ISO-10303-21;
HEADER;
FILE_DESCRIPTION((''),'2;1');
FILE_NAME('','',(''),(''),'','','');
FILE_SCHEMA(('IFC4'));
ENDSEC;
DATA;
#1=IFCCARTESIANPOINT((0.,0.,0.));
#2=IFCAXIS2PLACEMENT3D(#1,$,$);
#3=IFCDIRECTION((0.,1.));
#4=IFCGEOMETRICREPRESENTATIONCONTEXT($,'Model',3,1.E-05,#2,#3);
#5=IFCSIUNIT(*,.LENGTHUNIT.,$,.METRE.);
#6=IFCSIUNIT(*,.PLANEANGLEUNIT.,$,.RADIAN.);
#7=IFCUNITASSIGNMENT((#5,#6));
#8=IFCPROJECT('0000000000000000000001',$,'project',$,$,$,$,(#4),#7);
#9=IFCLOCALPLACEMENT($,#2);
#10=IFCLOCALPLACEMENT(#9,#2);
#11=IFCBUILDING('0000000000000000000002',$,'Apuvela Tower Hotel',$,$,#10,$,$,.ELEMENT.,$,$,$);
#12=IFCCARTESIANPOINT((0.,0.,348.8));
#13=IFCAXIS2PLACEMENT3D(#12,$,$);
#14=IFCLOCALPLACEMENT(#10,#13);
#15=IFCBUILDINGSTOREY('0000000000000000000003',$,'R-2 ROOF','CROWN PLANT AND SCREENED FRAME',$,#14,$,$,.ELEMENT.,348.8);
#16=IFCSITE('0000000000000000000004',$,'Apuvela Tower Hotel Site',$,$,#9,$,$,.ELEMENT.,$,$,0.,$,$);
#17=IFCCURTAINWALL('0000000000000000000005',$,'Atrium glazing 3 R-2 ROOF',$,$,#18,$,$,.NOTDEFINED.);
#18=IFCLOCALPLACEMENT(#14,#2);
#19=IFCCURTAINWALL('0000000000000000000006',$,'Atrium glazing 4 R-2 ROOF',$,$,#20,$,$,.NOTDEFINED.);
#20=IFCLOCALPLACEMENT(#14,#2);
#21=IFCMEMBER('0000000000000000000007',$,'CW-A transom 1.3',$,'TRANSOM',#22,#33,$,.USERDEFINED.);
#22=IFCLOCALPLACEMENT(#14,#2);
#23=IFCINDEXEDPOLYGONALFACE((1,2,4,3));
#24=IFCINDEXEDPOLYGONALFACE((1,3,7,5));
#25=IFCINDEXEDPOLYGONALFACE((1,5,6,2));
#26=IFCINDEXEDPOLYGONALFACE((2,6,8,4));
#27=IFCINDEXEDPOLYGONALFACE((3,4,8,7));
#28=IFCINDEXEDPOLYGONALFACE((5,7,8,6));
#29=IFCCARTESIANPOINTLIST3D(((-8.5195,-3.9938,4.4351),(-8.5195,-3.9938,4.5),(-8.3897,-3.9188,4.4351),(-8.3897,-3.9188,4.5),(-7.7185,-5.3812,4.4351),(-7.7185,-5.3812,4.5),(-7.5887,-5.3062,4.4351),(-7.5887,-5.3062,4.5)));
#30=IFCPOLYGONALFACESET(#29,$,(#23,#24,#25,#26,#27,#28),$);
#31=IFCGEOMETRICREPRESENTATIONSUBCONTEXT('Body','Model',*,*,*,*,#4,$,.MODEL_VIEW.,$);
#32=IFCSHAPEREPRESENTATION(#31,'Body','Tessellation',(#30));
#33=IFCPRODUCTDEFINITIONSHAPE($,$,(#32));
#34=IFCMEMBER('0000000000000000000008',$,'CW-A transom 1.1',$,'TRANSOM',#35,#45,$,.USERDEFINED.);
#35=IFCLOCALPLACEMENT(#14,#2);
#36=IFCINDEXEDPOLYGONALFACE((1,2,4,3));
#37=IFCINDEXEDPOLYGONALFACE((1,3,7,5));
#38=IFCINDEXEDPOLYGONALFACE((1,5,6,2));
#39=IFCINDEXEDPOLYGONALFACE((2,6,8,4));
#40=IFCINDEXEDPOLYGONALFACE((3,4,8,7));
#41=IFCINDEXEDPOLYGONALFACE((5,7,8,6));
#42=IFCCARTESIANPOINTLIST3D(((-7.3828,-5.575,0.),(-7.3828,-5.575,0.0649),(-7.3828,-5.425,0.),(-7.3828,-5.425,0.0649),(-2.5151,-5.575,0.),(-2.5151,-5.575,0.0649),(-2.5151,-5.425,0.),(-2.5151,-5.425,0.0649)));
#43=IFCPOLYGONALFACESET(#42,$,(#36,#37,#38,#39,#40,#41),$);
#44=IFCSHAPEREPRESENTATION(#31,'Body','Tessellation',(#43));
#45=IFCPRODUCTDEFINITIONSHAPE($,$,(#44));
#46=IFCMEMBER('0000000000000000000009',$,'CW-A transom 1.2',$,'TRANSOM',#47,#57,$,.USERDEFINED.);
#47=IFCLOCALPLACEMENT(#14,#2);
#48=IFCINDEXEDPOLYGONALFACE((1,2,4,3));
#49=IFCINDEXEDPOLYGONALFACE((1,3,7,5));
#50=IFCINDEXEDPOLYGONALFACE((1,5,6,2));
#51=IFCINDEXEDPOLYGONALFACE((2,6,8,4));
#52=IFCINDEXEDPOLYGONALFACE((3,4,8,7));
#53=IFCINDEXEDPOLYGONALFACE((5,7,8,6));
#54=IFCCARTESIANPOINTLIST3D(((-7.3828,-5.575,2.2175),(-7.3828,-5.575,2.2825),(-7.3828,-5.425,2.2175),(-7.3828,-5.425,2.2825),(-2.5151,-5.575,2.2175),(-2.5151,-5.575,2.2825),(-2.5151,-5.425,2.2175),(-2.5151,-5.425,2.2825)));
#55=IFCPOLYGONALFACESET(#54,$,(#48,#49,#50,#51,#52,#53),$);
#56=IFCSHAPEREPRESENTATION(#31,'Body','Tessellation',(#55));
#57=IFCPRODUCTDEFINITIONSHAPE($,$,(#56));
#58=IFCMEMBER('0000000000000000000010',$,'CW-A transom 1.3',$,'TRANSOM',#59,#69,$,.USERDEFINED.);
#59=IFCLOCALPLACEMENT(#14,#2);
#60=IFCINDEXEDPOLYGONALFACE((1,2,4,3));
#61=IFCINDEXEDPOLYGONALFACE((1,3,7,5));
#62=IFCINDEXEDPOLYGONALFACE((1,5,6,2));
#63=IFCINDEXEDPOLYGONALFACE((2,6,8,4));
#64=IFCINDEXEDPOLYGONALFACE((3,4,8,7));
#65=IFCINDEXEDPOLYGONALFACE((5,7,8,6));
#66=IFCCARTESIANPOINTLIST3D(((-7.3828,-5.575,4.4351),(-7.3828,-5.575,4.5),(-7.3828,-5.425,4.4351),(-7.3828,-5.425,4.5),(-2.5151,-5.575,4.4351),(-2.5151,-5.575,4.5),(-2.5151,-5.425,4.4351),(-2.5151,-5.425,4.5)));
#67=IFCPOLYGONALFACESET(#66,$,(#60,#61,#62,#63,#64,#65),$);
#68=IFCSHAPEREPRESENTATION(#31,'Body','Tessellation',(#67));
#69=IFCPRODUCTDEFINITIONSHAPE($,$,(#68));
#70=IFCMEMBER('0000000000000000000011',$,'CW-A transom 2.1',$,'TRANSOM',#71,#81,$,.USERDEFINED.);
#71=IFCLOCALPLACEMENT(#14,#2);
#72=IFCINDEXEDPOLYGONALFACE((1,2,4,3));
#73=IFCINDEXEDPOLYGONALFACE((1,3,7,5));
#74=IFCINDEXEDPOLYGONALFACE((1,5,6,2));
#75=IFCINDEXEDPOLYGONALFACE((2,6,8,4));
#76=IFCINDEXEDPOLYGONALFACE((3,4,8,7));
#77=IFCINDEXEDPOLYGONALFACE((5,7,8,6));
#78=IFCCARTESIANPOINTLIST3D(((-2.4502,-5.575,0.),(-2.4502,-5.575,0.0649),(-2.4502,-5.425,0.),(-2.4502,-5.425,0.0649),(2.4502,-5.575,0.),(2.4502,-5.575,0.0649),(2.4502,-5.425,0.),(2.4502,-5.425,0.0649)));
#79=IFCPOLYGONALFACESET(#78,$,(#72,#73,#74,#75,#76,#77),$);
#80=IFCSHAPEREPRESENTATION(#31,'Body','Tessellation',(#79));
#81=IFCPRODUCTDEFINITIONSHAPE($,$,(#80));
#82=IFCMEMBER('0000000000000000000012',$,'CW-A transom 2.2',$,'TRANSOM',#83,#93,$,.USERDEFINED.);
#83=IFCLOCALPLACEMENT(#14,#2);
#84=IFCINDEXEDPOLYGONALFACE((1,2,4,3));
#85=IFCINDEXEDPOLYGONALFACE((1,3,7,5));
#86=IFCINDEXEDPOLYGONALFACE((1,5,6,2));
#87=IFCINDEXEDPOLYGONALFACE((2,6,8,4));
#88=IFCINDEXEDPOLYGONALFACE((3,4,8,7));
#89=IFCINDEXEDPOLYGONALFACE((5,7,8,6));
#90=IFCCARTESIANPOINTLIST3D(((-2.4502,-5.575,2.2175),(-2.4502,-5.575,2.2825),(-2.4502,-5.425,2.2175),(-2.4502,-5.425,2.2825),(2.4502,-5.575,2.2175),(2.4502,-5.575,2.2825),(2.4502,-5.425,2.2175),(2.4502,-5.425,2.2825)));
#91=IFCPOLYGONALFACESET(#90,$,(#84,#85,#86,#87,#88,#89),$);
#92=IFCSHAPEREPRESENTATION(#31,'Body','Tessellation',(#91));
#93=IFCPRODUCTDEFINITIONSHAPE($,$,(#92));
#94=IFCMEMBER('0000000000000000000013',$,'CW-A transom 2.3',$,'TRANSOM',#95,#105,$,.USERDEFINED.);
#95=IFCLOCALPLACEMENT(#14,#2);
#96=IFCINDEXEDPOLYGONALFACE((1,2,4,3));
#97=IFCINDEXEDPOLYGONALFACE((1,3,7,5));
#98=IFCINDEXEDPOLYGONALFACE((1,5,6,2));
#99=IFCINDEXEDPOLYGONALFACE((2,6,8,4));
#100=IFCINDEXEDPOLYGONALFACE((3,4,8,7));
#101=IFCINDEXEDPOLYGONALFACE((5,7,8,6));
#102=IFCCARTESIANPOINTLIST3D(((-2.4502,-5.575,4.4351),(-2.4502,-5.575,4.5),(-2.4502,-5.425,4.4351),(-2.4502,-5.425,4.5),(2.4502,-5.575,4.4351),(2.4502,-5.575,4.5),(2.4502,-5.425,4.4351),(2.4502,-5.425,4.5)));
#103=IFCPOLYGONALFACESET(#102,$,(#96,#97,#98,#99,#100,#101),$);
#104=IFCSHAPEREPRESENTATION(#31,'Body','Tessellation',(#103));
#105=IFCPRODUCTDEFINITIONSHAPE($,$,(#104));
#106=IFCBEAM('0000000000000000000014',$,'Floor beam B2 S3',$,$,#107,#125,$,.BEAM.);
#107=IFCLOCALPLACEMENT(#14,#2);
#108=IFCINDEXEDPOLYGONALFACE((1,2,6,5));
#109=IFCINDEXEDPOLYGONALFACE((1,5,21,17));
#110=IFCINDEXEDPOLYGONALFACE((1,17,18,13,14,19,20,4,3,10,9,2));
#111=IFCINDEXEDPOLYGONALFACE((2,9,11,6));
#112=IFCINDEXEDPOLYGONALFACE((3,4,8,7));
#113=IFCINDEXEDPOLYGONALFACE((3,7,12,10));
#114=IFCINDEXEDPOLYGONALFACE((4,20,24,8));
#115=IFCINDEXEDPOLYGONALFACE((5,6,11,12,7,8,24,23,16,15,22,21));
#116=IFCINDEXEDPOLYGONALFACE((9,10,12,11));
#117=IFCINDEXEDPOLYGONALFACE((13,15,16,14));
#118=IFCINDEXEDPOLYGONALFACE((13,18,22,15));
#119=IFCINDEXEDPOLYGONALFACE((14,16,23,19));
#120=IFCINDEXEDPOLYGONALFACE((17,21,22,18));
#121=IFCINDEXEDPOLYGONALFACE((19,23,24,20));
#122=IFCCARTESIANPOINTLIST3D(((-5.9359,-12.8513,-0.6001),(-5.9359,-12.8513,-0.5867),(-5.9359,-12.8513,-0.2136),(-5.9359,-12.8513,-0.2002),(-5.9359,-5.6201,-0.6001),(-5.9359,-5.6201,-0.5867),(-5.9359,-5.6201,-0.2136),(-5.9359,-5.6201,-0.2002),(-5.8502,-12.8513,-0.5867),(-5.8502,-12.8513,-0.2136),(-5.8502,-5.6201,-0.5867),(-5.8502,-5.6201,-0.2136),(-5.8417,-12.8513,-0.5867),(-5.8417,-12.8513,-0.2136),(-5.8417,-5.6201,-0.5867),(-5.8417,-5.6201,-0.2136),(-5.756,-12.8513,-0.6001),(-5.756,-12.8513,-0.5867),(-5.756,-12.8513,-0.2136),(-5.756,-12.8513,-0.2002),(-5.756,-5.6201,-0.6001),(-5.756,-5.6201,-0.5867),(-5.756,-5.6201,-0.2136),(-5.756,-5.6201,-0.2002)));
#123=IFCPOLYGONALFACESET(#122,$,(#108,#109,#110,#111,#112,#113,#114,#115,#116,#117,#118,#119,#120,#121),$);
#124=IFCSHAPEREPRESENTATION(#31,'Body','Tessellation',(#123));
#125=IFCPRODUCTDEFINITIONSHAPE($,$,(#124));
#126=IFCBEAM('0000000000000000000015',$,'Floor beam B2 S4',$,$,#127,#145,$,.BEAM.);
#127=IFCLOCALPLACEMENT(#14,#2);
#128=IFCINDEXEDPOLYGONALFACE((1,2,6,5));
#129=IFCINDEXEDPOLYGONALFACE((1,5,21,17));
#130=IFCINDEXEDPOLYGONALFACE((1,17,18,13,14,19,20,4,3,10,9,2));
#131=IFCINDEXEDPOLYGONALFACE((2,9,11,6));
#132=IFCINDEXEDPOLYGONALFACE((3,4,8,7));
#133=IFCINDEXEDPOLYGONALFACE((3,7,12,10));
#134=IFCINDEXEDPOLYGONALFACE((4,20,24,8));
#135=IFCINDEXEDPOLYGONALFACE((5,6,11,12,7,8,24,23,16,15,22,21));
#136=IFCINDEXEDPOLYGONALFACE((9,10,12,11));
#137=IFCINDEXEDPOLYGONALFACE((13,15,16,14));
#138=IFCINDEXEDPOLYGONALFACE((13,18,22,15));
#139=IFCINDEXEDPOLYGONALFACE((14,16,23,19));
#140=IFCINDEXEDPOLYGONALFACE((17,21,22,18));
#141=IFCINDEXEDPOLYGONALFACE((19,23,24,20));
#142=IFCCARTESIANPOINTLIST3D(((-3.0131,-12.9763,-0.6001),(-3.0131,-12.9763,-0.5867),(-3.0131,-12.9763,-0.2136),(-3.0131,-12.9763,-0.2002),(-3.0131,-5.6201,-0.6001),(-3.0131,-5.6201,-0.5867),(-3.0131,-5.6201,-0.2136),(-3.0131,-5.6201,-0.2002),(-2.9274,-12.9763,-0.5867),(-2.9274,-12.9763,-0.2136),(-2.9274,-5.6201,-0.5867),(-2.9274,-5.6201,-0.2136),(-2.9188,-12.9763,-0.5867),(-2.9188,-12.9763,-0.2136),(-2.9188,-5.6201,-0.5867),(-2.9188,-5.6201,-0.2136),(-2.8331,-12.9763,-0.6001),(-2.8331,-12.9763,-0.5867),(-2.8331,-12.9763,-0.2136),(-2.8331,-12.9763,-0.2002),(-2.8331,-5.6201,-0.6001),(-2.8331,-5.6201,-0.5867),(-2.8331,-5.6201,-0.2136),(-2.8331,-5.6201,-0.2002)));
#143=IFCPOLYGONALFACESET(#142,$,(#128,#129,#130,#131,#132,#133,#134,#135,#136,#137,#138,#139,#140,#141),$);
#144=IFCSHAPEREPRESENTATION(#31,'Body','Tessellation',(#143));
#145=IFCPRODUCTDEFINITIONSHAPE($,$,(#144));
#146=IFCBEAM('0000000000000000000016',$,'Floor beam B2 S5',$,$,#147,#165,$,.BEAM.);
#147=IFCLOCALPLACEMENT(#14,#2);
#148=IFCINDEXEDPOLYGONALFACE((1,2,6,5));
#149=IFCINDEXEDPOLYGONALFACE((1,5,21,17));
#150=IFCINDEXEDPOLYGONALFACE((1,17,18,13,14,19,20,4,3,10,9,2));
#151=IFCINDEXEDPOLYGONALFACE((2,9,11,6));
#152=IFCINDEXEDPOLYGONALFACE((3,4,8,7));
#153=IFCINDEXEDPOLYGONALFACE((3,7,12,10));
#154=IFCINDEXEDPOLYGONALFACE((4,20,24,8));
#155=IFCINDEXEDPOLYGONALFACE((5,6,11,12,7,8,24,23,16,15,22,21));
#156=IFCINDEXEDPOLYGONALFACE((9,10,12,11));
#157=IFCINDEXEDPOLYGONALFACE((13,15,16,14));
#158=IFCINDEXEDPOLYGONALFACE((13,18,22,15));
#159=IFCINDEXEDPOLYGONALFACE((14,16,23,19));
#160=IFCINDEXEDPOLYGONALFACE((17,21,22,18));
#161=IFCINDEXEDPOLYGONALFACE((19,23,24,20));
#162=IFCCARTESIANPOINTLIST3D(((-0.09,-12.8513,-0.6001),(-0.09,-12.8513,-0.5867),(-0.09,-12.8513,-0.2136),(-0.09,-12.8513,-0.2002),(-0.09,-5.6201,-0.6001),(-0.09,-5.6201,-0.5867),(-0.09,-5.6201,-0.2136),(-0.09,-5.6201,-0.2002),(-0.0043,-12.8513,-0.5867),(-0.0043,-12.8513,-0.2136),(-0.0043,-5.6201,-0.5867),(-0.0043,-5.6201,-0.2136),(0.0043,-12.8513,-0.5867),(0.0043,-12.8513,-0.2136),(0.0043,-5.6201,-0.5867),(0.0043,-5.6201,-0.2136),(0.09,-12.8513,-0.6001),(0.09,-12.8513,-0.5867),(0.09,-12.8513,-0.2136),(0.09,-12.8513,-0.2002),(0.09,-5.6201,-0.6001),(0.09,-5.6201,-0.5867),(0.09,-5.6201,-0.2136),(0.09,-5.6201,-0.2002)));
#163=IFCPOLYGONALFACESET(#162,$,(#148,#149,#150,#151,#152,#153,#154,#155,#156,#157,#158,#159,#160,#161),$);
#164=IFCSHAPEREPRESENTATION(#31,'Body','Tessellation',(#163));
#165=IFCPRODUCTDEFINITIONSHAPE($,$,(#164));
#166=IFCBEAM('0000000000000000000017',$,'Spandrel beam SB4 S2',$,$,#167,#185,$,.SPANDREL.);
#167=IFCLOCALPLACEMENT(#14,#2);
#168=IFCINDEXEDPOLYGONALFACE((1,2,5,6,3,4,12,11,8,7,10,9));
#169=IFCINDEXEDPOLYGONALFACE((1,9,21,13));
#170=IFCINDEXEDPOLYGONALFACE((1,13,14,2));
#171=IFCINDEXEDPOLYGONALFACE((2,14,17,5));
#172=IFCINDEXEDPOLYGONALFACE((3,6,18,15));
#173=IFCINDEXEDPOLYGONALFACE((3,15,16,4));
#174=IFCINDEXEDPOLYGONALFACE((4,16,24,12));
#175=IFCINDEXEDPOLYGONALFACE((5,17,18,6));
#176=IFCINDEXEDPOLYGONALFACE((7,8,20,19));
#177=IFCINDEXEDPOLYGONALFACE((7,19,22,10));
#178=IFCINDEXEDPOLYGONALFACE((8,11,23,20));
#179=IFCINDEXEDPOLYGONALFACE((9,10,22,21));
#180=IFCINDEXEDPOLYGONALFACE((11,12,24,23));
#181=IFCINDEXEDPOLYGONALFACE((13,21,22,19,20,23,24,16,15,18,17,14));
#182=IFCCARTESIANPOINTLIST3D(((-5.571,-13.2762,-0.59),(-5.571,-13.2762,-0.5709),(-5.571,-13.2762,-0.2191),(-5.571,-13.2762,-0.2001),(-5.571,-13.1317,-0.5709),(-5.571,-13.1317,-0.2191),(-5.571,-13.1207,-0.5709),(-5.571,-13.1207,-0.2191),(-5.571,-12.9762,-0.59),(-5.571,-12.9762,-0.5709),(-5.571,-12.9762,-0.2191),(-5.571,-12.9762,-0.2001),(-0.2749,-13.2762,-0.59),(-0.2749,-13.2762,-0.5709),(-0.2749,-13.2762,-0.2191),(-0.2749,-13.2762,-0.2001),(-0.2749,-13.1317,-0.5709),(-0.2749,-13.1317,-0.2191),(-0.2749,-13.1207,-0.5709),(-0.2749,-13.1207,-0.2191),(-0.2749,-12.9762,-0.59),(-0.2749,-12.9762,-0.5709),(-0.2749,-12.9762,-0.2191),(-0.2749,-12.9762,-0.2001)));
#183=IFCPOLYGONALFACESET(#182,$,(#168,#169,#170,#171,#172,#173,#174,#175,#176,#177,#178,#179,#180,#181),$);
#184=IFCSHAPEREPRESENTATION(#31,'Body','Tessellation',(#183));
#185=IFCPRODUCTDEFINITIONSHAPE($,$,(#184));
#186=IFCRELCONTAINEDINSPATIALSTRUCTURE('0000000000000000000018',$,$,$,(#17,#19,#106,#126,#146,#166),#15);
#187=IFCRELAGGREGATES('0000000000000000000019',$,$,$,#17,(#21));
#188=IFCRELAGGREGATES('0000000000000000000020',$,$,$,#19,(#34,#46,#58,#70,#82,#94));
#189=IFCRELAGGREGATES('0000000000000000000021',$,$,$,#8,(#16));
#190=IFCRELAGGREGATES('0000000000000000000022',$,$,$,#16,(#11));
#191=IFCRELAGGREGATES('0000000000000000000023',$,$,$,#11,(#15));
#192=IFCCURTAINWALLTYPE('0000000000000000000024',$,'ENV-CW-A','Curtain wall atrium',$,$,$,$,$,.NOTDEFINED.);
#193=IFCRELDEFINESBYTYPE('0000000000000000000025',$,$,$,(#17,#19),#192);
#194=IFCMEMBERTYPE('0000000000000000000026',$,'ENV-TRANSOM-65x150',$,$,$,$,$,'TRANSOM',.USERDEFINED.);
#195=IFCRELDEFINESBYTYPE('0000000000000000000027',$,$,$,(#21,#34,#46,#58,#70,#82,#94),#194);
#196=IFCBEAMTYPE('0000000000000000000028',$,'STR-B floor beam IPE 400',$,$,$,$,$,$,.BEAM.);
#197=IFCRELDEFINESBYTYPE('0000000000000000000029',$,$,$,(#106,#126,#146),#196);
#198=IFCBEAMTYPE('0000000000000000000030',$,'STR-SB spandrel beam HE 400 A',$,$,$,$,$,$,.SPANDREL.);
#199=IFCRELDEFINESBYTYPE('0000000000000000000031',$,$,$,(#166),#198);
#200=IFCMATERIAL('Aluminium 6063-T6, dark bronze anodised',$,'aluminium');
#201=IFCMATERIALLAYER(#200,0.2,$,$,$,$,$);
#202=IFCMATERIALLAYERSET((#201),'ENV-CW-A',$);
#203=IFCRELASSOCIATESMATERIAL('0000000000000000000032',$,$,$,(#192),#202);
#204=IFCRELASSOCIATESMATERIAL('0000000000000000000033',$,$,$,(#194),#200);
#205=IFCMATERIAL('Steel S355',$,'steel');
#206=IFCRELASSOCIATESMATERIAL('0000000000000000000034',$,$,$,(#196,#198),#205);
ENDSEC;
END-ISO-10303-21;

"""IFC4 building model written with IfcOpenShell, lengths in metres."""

from ifc_helpers import new_model, si_unit, direction, frame, origin, origin_2d, place, context, subcontext, project, spatial, rectangle, i_section, extrude, material, layer, layer_set, material_profile, profile_set, type_object, element, aggregate, save


model = new_model("IFC4")

# Units and contexts
model_context = context("Model", 3, precision=1e-05, world=origin(), true_north=direction((0.0, 1.0)))
body_context = subcontext(model_context, "Body", "Model", "MODEL_VIEW")
ifc_project = project(units=[si_unit("LENGTHUNIT", "METRE"), si_unit("PLANEANGLEUNIT", "RADIAN")], contexts=[model_context])

# Site, building, storey
site_placement = place(None, origin())
site = spatial("IfcSite", under=ifc_project, at=site_placement, Name="Apuvela Tower Hotel Site", CompositionType="ELEMENT", RefElevation=0.0)
building_placement = place(site_placement, origin())
building = spatial("IfcBuilding", under=site, at=building_placement, Name="Apuvela Tower Hotel", CompositionType="ELEMENT")
storey_placement = place(building_placement, frame((0.0, 0.0, 348.8)))
storey = spatial("IfcBuildingStorey", under=building, at=storey_placement, Name="R-2 ROOF", Description="CROWN PLANT AND SCREENED FRAME", CompositionType="ELEMENT", Elevation=348.8)

# Shared definitions
ifc_material_1 = material(Name="Aluminium 6063-T6, dark bronze anodised", Category="aluminium")
ifc_layer_1 = layer(ifc_material_1, 0.2)
ifc_layer_set_1 = layer_set([ifc_layer_1], Name="ENV-CW-A")
curtain_wall_type = type_object("IfcCurtainWallType", Name="ENV-CW-A", Description="Curtain wall atrium", PredefinedType="NOTDEFINED", material=ifc_layer_set_1)

# Curtain walls
curtain_wall_1_placement = place(storey_placement, origin())
curtain_wall_1 = element("IfcCurtainWall", 1, at=curtain_wall_1_placement, inside=storey, type_object=curtain_wall_type, Name="Atrium glazing 3 R-2 ROOF", PredefinedType="NOTDEFINED")
curtain_wall_2_placement = place(storey_placement, origin())
curtain_wall_2 = element("IfcCurtainWall", 2, at=curtain_wall_2_placement, inside=storey, type_object=curtain_wall_type, Name="Atrium glazing 4 R-2 ROOF", PredefinedType="NOTDEFINED")

# Members
ifc_material_profile_1 = material_profile(ifc_material_1, rectangle(XDim=0.1499, YDim=0.0649, at=origin_2d()), Name="AL 65x150 transom")
ifc_profile_set_1 = profile_set([ifc_material_profile_1], Name="Aluminium 6063-T6, dark bronze anodised")
member_type_1 = type_object("IfcMemberType", Name="ENV-TRANSOM-65x150", ElementType="TRANSOM", PredefinedType="USERDEFINED", material=ifc_profile_set_1)
member_1_placement = place(storey_placement, frame((-8.4546, -3.9563, 4.4675), z_axis=(0.499991, -0.866031, 0.0), x_axis=(0.866031, 0.499991, 0.0)))
member_1 = element("IfcMember", 3, at=member_1_placement, type_object=member_type_1, Name="CW-A transom 1.3", ObjectType="TRANSOM", PredefinedType="USERDEFINED", context=body_context, shape_type="SweptSolid", body=[
    extrude(rectangle(XDim=0.1499, YDim=0.0649, at=origin_2d()), origin(), (0.0, 0.0, 1.0), 1.6021),
])
member_2_placement = place(storey_placement, frame((-7.3828, -5.5, 0.0325), z_axis=(1.0, 0.0, 0.0), x_axis=(0.0, 1.0, 0.0)))
member_2 = element("IfcMember", 4, at=member_2_placement, type_object=member_type_1, Name="CW-A transom 1.1", ObjectType="TRANSOM", PredefinedType="USERDEFINED", context=body_context, shape_type="SweptSolid", body=[
    extrude(rectangle(XDim=0.1499, YDim=0.0649, at=origin_2d()), origin(), (0.0, 0.0, 1.0), 4.8677),
])
member_3_placement = place(storey_placement, frame((-7.3828, -5.5, 2.25), z_axis=(1.0, 0.0, 0.0), x_axis=(0.0, 1.0, 0.0)))
member_3 = element("IfcMember", 5, at=member_3_placement, type_object=member_type_1, Name="CW-A transom 1.2", ObjectType="TRANSOM", PredefinedType="USERDEFINED", context=body_context, shape_type="SweptSolid", body=[
    extrude(rectangle(XDim=0.1499, YDim=0.0649, at=origin_2d()), origin(), (0.0, 0.0, 1.0), 4.8677),
])
member_4_placement = place(storey_placement, frame((-7.3828, -5.5, 4.4675), z_axis=(1.0, 0.0, 0.0), x_axis=(0.0, 1.0, 0.0)))
member_4 = element("IfcMember", 6, at=member_4_placement, type_object=member_type_1, Name="CW-A transom 1.3", ObjectType="TRANSOM", PredefinedType="USERDEFINED", context=body_context, shape_type="SweptSolid", body=[
    extrude(rectangle(XDim=0.1499, YDim=0.0649, at=origin_2d()), origin(), (0.0, 0.0, 1.0), 4.8677),
])
member_5_placement = place(storey_placement, frame((-2.4502, -5.5, 0.0325), z_axis=(1.0, 0.0, 0.0), x_axis=(0.0, 1.0, 0.0)))
member_5 = element("IfcMember", 7, at=member_5_placement, type_object=member_type_1, Name="CW-A transom 2.1", ObjectType="TRANSOM", PredefinedType="USERDEFINED", context=body_context, shape_type="SweptSolid", body=[
    extrude(rectangle(XDim=0.1499, YDim=0.0649, at=origin_2d()), origin(), (0.0, 0.0, 1.0), 4.9004),
])
member_6_placement = place(storey_placement, frame((-2.4502, -5.5, 2.25), z_axis=(1.0, 0.0, 0.0), x_axis=(0.0, 1.0, 0.0)))
member_6 = element("IfcMember", 8, at=member_6_placement, type_object=member_type_1, Name="CW-A transom 2.2", ObjectType="TRANSOM", PredefinedType="USERDEFINED", context=body_context, shape_type="SweptSolid", body=[
    extrude(rectangle(XDim=0.1499, YDim=0.0649, at=origin_2d()), origin(), (0.0, 0.0, 1.0), 4.9004),
])
member_7_placement = place(storey_placement, frame((-2.4502, -5.5, 4.4675), z_axis=(1.0, 0.0, 0.0), x_axis=(0.0, 1.0, 0.0)))
member_7 = element("IfcMember", 9, at=member_7_placement, type_object=member_type_1, Name="CW-A transom 2.3", ObjectType="TRANSOM", PredefinedType="USERDEFINED", context=body_context, shape_type="SweptSolid", body=[
    extrude(rectangle(XDim=0.1499, YDim=0.0649, at=origin_2d()), origin(), (0.0, 0.0, 1.0), 4.9004),
])

# Beams
ifc_material_2 = material(Name="Steel S355", Category="steel")
ifc_material_profile_2 = material_profile(ifc_material_2, i_section(OverallWidth=0.1799, OverallDepth=0.3999, WebThickness=0.0085, FlangeThickness=0.0134, at=origin_2d()), Name="IPE 400")
ifc_profile_set_2 = profile_set([ifc_material_profile_2], Name="Steel S355")
beam_type_1 = type_object("IfcBeamType", Name="STR-B floor beam IPE 400", PredefinedType="BEAM", material=ifc_profile_set_2)
beam_1_placement = place(storey_placement, frame((-5.8459, -12.8513, -0.4001), z_axis=(0.0, 1.0, 0.0), x_axis=(-1.0, 0.0, 0.0)))
element("IfcBeam", 10, at=beam_1_placement, inside=storey, type_object=beam_type_1, Name="Floor beam B2 S3", PredefinedType="BEAM", context=body_context, shape_type="SweptSolid", body=[
    extrude(i_section(OverallWidth=0.1799, OverallDepth=0.3999, WebThickness=0.0085, FlangeThickness=0.0134, at=origin_2d()), origin(), (0.0, 0.0, 1.0), 7.2312),
])
beam_2_placement = place(storey_placement, frame((-2.9231, -12.9763, -0.4001), z_axis=(0.0, 1.0, 0.0), x_axis=(-1.0, 0.0, 0.0)))
element("IfcBeam", 11, at=beam_2_placement, inside=storey, type_object=beam_type_1, Name="Floor beam B2 S4", PredefinedType="BEAM", context=body_context, shape_type="SweptSolid", body=[
    extrude(i_section(OverallWidth=0.1799, OverallDepth=0.3999, WebThickness=0.0085, FlangeThickness=0.0134, at=origin_2d()), origin(), (0.0, 0.0, 1.0), 7.3562),
])
beam_3_placement = place(storey_placement, frame((0.0, -12.8513, -0.4001), z_axis=(0.0, 1.0, 0.0), x_axis=(-1.0, 0.0, 0.0)))
element("IfcBeam", 12, at=beam_3_placement, inside=storey, type_object=beam_type_1, Name="Floor beam B2 S5", PredefinedType="BEAM", context=body_context, shape_type="SweptSolid", body=[
    extrude(i_section(OverallWidth=0.1799, OverallDepth=0.3999, WebThickness=0.0085, FlangeThickness=0.0134, at=origin_2d()), origin(), (0.0, 0.0, 1.0), 7.2312),
])
ifc_material_profile_3 = material_profile(ifc_material_2, i_section(OverallWidth=0.3, OverallDepth=0.3899, WebThickness=0.011, FlangeThickness=0.019, at=origin_2d()), Name="HE 400 A")
ifc_profile_set_3 = profile_set([ifc_material_profile_3], Name="Steel S355")
beam_type_2 = type_object("IfcBeamType", Name="STR-SB spandrel beam HE 400 A", PredefinedType="SPANDREL", material=ifc_profile_set_3)
beam_4_placement = place(storey_placement, frame((-5.571, -13.1262, -0.395), z_axis=(1.0, 0.0, 0.0), x_axis=(0.0, 1.0, 0.0)))
element("IfcBeam", 13, at=beam_4_placement, inside=storey, type_object=beam_type_2, Name="Spandrel beam SB4 S2", PredefinedType="SPANDREL", context=body_context, shape_type="SweptSolid", body=[
    extrude(i_section(OverallWidth=0.3, OverallDepth=0.3899, WebThickness=0.011, FlangeThickness=0.019, at=origin_2d()), origin(), (0.0, 0.0, 1.0), 5.2961),
])

aggregate(curtain_wall_1, [member_1])
aggregate(curtain_wall_2, [member_2, member_3, member_4, member_5, member_6, member_7])

save(model, "model.ifc")
